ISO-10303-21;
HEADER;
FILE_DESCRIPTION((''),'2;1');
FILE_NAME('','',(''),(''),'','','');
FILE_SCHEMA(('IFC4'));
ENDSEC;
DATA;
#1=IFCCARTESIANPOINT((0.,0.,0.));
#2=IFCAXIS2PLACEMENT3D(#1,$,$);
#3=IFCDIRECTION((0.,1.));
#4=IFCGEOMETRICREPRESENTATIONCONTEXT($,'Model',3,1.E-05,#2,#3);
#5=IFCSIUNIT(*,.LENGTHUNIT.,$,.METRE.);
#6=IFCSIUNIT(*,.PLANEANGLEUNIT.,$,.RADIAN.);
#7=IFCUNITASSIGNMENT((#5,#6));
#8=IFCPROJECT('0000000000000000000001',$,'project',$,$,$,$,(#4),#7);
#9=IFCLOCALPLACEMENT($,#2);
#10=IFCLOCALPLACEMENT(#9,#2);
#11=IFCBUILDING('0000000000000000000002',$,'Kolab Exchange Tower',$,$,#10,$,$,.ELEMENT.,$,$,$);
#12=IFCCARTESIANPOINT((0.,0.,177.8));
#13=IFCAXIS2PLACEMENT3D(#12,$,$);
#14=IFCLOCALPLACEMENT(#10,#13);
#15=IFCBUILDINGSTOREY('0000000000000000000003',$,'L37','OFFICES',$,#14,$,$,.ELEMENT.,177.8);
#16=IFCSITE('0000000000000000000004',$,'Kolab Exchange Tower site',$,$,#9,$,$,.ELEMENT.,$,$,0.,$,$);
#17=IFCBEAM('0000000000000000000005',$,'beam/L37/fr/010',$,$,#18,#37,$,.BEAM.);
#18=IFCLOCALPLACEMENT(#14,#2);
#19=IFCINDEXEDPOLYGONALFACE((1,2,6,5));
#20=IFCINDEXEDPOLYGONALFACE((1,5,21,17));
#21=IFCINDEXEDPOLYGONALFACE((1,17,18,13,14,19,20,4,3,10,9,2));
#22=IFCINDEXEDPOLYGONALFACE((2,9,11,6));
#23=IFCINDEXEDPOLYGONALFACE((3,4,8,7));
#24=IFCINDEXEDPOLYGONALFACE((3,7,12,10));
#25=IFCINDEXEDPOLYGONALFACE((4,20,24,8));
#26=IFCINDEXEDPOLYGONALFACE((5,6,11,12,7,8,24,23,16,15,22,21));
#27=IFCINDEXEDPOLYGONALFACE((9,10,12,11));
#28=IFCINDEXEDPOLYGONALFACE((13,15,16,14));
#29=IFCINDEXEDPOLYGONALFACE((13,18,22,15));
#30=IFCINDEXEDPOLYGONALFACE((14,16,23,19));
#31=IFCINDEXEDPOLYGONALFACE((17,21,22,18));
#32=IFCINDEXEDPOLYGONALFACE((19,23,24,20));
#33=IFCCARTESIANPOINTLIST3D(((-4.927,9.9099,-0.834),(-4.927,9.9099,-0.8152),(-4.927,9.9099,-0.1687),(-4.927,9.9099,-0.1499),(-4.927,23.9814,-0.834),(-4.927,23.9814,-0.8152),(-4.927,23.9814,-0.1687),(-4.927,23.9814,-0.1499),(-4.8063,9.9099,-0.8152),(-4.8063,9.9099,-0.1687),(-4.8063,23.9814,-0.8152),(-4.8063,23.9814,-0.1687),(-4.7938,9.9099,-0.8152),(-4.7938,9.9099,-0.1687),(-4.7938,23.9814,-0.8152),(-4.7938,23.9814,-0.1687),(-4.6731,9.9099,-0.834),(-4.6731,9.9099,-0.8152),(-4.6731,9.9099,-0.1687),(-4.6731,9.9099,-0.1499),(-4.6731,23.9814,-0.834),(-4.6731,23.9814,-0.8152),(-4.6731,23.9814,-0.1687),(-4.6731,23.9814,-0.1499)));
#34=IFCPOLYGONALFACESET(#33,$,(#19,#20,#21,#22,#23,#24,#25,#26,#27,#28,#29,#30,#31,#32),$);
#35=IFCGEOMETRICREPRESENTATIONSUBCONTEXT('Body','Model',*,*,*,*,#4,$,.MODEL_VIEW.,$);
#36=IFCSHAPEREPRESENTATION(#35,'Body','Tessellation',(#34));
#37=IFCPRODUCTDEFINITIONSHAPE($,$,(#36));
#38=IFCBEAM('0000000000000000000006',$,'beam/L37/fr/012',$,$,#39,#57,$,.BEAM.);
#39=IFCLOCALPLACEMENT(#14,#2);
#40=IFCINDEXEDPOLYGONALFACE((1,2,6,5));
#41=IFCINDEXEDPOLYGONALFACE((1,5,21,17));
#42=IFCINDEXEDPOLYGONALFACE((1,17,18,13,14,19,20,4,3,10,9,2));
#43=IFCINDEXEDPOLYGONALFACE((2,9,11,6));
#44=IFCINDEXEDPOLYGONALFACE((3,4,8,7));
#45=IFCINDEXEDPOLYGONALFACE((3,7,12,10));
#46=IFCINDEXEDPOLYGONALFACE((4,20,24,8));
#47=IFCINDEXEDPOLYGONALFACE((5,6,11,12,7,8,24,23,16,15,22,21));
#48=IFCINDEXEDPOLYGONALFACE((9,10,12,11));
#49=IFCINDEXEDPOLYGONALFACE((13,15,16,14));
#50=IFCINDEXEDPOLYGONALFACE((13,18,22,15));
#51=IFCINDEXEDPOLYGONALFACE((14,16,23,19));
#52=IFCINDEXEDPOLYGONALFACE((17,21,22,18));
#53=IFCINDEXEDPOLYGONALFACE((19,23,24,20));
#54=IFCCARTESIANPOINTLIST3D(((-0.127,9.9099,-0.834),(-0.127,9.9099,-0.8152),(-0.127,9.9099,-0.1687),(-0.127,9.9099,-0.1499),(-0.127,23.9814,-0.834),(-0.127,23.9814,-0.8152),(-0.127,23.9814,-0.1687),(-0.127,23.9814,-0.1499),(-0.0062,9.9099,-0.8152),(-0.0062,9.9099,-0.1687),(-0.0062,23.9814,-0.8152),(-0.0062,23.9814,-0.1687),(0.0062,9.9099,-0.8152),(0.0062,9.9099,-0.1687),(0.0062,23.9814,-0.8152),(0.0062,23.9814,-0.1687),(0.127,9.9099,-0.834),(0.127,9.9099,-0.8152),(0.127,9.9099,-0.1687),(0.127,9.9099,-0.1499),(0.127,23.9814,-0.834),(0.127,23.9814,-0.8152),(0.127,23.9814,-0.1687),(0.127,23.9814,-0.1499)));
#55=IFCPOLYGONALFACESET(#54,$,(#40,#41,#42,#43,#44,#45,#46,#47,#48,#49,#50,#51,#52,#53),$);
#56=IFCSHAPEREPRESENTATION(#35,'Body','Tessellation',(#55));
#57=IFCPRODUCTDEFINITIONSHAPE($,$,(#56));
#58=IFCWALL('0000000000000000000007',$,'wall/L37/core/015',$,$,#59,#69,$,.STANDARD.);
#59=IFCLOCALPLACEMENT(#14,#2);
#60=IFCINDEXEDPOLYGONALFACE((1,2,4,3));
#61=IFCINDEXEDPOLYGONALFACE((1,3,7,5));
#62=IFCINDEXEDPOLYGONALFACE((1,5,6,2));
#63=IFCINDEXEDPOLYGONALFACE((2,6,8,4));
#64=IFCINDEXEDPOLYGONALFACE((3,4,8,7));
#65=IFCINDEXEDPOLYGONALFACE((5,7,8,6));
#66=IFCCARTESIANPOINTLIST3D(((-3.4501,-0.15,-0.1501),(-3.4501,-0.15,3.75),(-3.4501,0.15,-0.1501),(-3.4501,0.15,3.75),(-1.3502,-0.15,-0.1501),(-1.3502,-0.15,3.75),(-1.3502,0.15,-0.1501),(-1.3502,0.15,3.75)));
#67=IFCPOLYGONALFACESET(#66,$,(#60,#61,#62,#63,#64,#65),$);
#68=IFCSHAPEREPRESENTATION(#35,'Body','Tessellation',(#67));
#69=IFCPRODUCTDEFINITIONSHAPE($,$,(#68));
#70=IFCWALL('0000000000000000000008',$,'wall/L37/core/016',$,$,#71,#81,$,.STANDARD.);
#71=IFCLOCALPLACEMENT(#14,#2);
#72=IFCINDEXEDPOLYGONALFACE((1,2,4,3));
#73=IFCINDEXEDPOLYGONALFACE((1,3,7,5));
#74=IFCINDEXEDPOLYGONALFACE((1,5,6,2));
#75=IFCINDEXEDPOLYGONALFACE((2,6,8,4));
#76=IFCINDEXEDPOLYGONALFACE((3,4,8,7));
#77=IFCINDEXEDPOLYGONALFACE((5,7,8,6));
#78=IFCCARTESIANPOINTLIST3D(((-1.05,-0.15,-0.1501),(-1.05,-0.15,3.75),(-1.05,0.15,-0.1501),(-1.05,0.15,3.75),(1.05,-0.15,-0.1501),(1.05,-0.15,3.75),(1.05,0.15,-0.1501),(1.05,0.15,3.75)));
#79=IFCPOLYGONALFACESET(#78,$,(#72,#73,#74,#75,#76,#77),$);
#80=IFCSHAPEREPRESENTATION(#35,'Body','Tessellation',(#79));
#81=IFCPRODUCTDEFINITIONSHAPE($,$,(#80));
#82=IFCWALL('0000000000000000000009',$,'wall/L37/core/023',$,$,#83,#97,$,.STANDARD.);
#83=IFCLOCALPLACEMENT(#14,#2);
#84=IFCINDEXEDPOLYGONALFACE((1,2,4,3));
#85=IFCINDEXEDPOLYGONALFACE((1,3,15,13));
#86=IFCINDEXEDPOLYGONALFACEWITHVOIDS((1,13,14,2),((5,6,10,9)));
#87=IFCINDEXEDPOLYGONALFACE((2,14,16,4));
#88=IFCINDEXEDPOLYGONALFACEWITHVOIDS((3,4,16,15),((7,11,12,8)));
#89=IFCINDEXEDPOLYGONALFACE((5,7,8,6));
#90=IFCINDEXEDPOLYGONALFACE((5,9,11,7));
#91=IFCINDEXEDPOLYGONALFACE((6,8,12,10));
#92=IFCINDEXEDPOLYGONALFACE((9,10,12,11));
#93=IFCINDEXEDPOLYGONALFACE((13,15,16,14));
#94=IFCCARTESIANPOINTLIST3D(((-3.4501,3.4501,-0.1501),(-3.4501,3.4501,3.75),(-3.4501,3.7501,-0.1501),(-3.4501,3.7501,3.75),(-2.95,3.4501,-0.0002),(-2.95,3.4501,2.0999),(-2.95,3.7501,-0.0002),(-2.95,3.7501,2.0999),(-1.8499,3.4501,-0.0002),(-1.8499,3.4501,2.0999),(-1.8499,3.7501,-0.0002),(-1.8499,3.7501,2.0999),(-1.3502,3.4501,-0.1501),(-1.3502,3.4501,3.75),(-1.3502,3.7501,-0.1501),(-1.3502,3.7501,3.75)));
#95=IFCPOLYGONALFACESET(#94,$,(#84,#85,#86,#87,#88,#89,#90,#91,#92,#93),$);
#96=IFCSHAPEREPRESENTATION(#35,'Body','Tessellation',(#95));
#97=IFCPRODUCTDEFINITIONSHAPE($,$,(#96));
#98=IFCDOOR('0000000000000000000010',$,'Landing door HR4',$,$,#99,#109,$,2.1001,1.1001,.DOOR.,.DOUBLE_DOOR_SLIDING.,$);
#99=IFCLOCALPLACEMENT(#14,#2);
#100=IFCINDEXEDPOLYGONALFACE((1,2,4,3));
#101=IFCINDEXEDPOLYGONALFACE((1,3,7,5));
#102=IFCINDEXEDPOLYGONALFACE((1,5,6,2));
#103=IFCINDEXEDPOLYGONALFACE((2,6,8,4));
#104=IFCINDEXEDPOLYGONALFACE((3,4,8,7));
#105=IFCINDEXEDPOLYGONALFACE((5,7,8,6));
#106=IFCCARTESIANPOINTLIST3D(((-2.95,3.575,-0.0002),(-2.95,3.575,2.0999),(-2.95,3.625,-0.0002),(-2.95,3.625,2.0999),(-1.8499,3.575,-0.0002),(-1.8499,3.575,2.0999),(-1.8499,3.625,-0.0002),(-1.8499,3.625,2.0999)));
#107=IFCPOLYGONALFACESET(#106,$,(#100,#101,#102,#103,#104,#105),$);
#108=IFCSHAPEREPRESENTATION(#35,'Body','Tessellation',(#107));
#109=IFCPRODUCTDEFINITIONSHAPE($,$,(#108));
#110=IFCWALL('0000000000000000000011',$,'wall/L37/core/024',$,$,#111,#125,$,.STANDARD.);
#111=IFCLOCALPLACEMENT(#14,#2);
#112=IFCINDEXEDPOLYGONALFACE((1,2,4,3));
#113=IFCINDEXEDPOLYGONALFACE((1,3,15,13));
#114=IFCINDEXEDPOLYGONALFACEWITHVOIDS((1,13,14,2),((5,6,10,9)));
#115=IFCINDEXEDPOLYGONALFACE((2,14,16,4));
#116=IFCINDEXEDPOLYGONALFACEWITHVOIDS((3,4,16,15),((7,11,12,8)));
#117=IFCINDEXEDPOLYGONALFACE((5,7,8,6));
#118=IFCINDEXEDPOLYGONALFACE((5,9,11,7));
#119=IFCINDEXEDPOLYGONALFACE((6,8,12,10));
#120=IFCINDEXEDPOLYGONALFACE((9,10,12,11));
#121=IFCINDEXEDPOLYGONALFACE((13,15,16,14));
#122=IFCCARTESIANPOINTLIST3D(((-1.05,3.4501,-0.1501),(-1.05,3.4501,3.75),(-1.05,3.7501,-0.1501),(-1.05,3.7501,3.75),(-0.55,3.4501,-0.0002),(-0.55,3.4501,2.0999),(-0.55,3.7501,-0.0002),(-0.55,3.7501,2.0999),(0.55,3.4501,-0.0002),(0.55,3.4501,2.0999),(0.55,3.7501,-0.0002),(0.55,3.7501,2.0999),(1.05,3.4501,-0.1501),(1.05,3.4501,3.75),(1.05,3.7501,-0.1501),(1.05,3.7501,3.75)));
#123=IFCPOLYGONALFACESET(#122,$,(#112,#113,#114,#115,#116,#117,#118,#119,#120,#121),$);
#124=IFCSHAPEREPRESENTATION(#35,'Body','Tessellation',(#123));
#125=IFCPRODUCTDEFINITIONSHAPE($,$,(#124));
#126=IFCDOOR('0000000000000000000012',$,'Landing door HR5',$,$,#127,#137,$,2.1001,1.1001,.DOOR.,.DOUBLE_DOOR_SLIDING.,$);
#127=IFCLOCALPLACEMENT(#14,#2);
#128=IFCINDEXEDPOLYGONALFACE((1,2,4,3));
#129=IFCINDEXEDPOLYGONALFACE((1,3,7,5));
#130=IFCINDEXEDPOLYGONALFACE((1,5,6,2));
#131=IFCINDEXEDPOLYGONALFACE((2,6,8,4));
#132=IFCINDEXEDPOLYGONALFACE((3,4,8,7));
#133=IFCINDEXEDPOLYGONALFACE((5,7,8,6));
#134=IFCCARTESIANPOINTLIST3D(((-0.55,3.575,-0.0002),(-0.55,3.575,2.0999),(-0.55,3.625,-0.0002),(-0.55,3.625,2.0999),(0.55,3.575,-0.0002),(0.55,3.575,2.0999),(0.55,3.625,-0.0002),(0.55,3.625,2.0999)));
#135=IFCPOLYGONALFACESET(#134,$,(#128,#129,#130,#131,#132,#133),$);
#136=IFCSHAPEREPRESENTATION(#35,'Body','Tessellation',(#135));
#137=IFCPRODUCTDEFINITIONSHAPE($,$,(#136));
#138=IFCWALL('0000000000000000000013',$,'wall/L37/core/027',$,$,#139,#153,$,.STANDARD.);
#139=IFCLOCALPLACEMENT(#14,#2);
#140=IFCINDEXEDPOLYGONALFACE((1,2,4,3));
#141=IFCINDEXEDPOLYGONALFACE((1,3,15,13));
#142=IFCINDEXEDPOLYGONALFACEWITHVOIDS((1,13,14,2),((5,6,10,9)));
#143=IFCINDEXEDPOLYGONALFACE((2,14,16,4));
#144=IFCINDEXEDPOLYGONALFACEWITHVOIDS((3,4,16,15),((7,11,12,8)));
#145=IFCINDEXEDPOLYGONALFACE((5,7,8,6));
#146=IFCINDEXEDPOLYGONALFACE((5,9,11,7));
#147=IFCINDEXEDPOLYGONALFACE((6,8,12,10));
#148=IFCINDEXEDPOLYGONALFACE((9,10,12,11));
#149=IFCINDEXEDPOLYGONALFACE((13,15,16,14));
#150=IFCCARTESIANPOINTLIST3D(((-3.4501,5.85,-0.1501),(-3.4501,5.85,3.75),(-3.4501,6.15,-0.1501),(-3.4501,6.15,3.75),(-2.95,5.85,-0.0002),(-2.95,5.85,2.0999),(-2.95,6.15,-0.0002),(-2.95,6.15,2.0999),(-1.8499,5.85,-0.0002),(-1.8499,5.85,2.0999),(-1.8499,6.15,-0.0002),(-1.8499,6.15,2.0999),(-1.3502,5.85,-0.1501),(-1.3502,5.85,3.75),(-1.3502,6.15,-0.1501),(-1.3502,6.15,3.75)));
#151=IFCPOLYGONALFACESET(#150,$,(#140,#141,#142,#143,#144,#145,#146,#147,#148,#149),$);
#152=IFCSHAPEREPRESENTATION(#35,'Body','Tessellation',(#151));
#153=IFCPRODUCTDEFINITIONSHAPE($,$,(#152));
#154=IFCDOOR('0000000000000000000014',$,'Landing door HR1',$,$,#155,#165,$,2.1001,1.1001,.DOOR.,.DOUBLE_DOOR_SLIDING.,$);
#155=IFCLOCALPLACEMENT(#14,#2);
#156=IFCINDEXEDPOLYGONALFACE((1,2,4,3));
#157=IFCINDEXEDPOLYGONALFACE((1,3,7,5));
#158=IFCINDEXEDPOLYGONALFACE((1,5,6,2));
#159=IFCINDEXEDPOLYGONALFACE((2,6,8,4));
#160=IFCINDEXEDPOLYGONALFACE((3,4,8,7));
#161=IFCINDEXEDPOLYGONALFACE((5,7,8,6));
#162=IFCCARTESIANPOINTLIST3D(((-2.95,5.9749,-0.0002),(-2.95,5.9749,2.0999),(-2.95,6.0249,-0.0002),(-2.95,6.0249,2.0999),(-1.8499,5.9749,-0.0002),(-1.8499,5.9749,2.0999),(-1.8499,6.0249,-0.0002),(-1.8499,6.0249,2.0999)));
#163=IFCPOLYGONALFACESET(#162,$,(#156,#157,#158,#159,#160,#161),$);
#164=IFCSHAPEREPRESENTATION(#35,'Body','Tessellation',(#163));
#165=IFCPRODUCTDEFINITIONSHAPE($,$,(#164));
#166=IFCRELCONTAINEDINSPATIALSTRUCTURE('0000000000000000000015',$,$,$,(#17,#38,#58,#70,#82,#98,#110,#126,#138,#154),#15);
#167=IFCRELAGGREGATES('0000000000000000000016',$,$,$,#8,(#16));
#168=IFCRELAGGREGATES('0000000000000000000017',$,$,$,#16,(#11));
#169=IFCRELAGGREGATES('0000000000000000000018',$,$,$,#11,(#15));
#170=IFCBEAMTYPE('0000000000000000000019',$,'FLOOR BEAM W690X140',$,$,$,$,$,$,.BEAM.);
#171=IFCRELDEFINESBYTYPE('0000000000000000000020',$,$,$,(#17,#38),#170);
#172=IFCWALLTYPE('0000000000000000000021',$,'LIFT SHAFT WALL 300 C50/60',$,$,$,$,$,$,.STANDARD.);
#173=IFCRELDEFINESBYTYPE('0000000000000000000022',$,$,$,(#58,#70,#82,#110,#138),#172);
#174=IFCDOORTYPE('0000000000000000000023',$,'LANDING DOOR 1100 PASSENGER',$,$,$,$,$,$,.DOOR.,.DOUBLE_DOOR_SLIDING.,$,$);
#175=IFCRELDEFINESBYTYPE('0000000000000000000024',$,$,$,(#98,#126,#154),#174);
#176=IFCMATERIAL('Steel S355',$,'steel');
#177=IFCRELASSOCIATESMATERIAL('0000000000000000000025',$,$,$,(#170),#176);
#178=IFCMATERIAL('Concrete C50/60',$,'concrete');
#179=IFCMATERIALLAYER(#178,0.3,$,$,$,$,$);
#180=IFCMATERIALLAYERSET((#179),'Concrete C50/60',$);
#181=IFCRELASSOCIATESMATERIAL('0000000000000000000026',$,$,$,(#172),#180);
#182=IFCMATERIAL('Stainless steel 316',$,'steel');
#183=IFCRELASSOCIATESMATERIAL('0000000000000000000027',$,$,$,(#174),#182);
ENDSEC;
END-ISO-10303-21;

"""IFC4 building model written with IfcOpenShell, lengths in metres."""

from ifc_helpers import new_model, si_unit, direction, frame, frame_2d, origin, origin_2d, place, context, subcontext, project, spatial, rectangle, i_section, extrude, material, layer, layer_set, material_profile, profile_set, type_object, element, fill, save


model = new_model("IFC4")

# Units and contexts
model_context = context("Model", 3, precision=1e-05, world=origin(), true_north=direction((0.0, 1.0)))
body_context = subcontext(model_context, "Body", "Model", "MODEL_VIEW")
ifc_project = project(units=[si_unit("LENGTHUNIT", "METRE"), si_unit("PLANEANGLEUNIT", "RADIAN")], contexts=[model_context])

# Site, building, storey
site_placement = place(None, origin())
site = spatial("IfcSite", under=ifc_project, at=site_placement, Name="Kolab Exchange Tower site", CompositionType="ELEMENT", RefElevation=0.0)
building_placement = place(site_placement, origin())
building = spatial("IfcBuilding", under=site, at=building_placement, Name="Kolab Exchange Tower", CompositionType="ELEMENT")
storey_placement = place(building_placement, frame((0.0, 0.0, 177.8)))
storey = spatial("IfcBuildingStorey", under=building, at=storey_placement, Name="L37", Description="OFFICES", CompositionType="ELEMENT", Elevation=177.8)

# Beams
ifc_material_1 = material(Name="Steel S355", Category="steel")
ifc_material_profile = material_profile(ifc_material_1, i_section(OverallWidth=0.2539, OverallDepth=0.6841, WebThickness=0.0125, FlangeThickness=0.0188, at=origin_2d()), Name="W690X140")
ifc_profile_set = profile_set([ifc_material_profile], Name="Steel S355")
beam_type = type_object("IfcBeamType", Name="FLOOR BEAM W690X140", PredefinedType="BEAM", material=ifc_profile_set)
for number, where, z_axis, x_axis, name in (
    (1, (-4.8, 9.9099, -0.4919), (0.0, 1.0, 0.0), (-1.0, 0.0, 0.0), "beam/L37/fr/010"),
    (2, (0.0, 9.9099, -0.4919), (0.0, 1.0, 0.0), (-1.0, 0.0, 0.0), "beam/L37/fr/012"),
):
    element("IfcBeam", number, at=place(storey_placement, frame(where, z_axis=z_axis, x_axis=x_axis)), inside=storey, type_object=beam_type, Name=name, PredefinedType="BEAM", context=body_context, shape_type="SweptSolid", body=[
        extrude(i_section(OverallWidth=0.2539, OverallDepth=0.6841, WebThickness=0.0125, FlangeThickness=0.0188, at=origin_2d()), origin(), (0.0, 0.0, 1.0), 14.0715),
    ])

# Walls
ifc_material_2 = material(Name="Concrete C50/60", Category="concrete")
ifc_layer_1 = layer(ifc_material_2, 0.3)
ifc_layer_set_1 = layer_set([ifc_layer_1], Name="Concrete C50/60")
wall_type_1 = type_object("IfcWallType", Name="LIFT SHAFT WALL 300 C50/60", PredefinedType="STANDARD", material=ifc_layer_set_1)
wall_1_placement = place(storey_placement, frame((-3.45, 0.0, -0.1501), z_axis=(0.0, 0.0, 1.0), x_axis=(1.0, 0.0, 0.0)))
element("IfcWall", 3, at=wall_1_placement, inside=storey, type_object=wall_type_1, Name="wall/L37/core/015", PredefinedType="STANDARD", context=body_context, shape_type="SweptSolid", body=[
    extrude(rectangle(XDim=2.0999, YDim=0.3, at=frame_2d((1.0498, 0.0))), origin(), (0.0, 0.0, 1.0), 3.9001),
])
wall_2_placement = place(storey_placement, frame((-1.05, 0.0, -0.1501), z_axis=(0.0, 0.0, 1.0), x_axis=(1.0, 0.0, 0.0)))
element("IfcWall", 4, at=wall_2_placement, inside=storey, type_object=wall_type_1, Name="wall/L37/core/016", PredefinedType="STANDARD", context=body_context, shape_type="SweptSolid", body=[
    extrude(rectangle(XDim=2.1001, YDim=0.3, at=frame_2d((1.05, 0.0))), origin(), (0.0, 0.0, 1.0), 3.9001),
])

# Walls, openings, doors
wall_3_placement = place(storey_placement, frame((-3.45, 3.6001, -0.1501), z_axis=(0.0, 0.0, 1.0), x_axis=(1.0, 0.0, 0.0)))
wall_3 = element("IfcWall", 5, at=wall_3_placement, inside=storey, type_object=wall_type_1, Name="wall/L37/core/023", PredefinedType="STANDARD", context=body_context, shape_type="SweptSolid", body=[
    extrude(rectangle(XDim=2.0999, YDim=0.3, at=frame_2d((1.0498, 0.0))), origin(), (0.0, 0.0, 1.0), 3.9001),
])
opening_1_placement = place(wall_3_placement, frame((0.5, 0.0, 0.1499)))
opening_1 = element("IfcOpeningElement", 6, at=opening_1_placement, cuts=wall_3, PredefinedType="OPENING", context=body_context, shape_type="SweptSolid", body=[
    extrude(rectangle(XDim=1.1001, YDim=2.1001, at=frame_2d((0.55, 1.05))), frame((0.0, 0.1602, 0.0), z_axis=(0.0, -1.0, 0.0), x_axis=(1.0, 0.0, 0.0)), (0.0, 0.0, 1.0), 0.3201),
])
ifc_material_3 = material(Name="Stainless steel 316", Category="steel")
door_type_1 = type_object("IfcDoorType", Name="LANDING DOOR 1100 PASSENGER", OperationType="DOUBLE_DOOR_SLIDING", PredefinedType="DOOR", material=ifc_material_3)
door_1_placement = place(opening_1_placement, origin())
door_1 = element("IfcDoor", 7, at=door_1_placement, inside=storey, type_object=door_type_1, Name="Landing door HR4", OperationType="DOUBLE_DOOR_SLIDING", OverallHeight=2.1001, OverallWidth=1.1001, PredefinedType="DOOR", context=body_context, shape_type="SweptSolid", body=[
    extrude(rectangle(XDim=1.1001, YDim=2.1001, at=frame_2d((0.55, 1.05))), frame((0.0, 0.0249, 0.0), z_axis=(0.0, -1.0, 0.0), x_axis=(1.0, 0.0, 0.0)), (0.0, 0.0, 1.0), 0.05),
])
fill(opening_1, door_1)
wall_4_placement = place(storey_placement, frame((-1.05, 3.6001, -0.1501), z_axis=(0.0, 0.0, 1.0), x_axis=(1.0, 0.0, 0.0)))
wall_4 = element("IfcWall", 8, at=wall_4_placement, inside=storey, type_object=wall_type_1, Name="wall/L37/core/024", PredefinedType="STANDARD", context=body_context, shape_type="SweptSolid", body=[
    extrude(rectangle(XDim=2.1001, YDim=0.3, at=frame_2d((1.05, 0.0))), origin(), (0.0, 0.0, 1.0), 3.9001),
])
opening_2_placement = place(wall_4_placement, frame((0.5, 0.0, 0.1499)))
opening_2 = element("IfcOpeningElement", 9, at=opening_2_placement, cuts=wall_4, PredefinedType="OPENING", context=body_context, shape_type="SweptSolid", body=[
    extrude(rectangle(XDim=1.1001, YDim=2.1001, at=frame_2d((0.55, 1.05))), frame((0.0, 0.1602, 0.0), z_axis=(0.0, -1.0, 0.0), x_axis=(1.0, 0.0, 0.0)), (0.0, 0.0, 1.0), 0.3201),
])
door_2_placement = place(opening_2_placement, origin())
door_2 = element("IfcDoor", 10, at=door_2_placement, inside=storey, type_object=door_type_1, Name="Landing door HR5", OperationType="DOUBLE_DOOR_SLIDING", OverallHeight=2.1001, OverallWidth=1.1001, PredefinedType="DOOR", context=body_context, shape_type="SweptSolid", body=[
    extrude(rectangle(XDim=1.1001, YDim=2.1001, at=frame_2d((0.55, 1.05))), frame((0.0, 0.0249, 0.0), z_axis=(0.0, -1.0, 0.0), x_axis=(1.0, 0.0, 0.0)), (0.0, 0.0, 1.0), 0.05),
])
fill(opening_2, door_2)
wall_5_placement = place(storey_placement, frame((-3.45, 6.0, -0.1501), z_axis=(0.0, 0.0, 1.0), x_axis=(1.0, 0.0, 0.0)))
wall_5 = element("IfcWall", 11, at=wall_5_placement, inside=storey, type_object=wall_type_1, Name="wall/L37/core/027", PredefinedType="STANDARD", context=body_context, shape_type="SweptSolid", body=[
    extrude(rectangle(XDim=2.0999, YDim=0.3, at=frame_2d((1.0498, 0.0))), origin(), (0.0, 0.0, 1.0), 3.9001),
])
opening_3_placement = place(wall_5_placement, frame((0.5, 0.0, 0.1499)))
opening_3 = element("IfcOpeningElement", 12, at=opening_3_placement, cuts=wall_5, PredefinedType="OPENING", context=body_context, shape_type="SweptSolid", body=[
    extrude(rectangle(XDim=1.1001, YDim=2.1001, at=frame_2d((0.55, 1.05))), frame((0.0, 0.1602, 0.0), z_axis=(0.0, -1.0, 0.0), x_axis=(1.0, 0.0, 0.0)), (0.0, 0.0, 1.0), 0.3201),
])
door_3_placement = place(opening_3_placement, origin())
door_3 = element("IfcDoor", 13, at=door_3_placement, inside=storey, type_object=door_type_1, Name="Landing door HR1", OperationType="DOUBLE_DOOR_SLIDING", OverallHeight=2.1001, OverallWidth=1.1001, PredefinedType="DOOR", context=body_context, shape_type="SweptSolid", body=[
    extrude(rectangle(XDim=1.1001, YDim=2.1001, at=frame_2d((0.55, 1.05))), frame((0.0, 0.0249, 0.0), z_axis=(0.0, -1.0, 0.0), x_axis=(1.0, 0.0, 0.0)), (0.0, 0.0, 1.0), 0.05),
])
fill(opening_3, door_3)

save(model, "model.ifc")
